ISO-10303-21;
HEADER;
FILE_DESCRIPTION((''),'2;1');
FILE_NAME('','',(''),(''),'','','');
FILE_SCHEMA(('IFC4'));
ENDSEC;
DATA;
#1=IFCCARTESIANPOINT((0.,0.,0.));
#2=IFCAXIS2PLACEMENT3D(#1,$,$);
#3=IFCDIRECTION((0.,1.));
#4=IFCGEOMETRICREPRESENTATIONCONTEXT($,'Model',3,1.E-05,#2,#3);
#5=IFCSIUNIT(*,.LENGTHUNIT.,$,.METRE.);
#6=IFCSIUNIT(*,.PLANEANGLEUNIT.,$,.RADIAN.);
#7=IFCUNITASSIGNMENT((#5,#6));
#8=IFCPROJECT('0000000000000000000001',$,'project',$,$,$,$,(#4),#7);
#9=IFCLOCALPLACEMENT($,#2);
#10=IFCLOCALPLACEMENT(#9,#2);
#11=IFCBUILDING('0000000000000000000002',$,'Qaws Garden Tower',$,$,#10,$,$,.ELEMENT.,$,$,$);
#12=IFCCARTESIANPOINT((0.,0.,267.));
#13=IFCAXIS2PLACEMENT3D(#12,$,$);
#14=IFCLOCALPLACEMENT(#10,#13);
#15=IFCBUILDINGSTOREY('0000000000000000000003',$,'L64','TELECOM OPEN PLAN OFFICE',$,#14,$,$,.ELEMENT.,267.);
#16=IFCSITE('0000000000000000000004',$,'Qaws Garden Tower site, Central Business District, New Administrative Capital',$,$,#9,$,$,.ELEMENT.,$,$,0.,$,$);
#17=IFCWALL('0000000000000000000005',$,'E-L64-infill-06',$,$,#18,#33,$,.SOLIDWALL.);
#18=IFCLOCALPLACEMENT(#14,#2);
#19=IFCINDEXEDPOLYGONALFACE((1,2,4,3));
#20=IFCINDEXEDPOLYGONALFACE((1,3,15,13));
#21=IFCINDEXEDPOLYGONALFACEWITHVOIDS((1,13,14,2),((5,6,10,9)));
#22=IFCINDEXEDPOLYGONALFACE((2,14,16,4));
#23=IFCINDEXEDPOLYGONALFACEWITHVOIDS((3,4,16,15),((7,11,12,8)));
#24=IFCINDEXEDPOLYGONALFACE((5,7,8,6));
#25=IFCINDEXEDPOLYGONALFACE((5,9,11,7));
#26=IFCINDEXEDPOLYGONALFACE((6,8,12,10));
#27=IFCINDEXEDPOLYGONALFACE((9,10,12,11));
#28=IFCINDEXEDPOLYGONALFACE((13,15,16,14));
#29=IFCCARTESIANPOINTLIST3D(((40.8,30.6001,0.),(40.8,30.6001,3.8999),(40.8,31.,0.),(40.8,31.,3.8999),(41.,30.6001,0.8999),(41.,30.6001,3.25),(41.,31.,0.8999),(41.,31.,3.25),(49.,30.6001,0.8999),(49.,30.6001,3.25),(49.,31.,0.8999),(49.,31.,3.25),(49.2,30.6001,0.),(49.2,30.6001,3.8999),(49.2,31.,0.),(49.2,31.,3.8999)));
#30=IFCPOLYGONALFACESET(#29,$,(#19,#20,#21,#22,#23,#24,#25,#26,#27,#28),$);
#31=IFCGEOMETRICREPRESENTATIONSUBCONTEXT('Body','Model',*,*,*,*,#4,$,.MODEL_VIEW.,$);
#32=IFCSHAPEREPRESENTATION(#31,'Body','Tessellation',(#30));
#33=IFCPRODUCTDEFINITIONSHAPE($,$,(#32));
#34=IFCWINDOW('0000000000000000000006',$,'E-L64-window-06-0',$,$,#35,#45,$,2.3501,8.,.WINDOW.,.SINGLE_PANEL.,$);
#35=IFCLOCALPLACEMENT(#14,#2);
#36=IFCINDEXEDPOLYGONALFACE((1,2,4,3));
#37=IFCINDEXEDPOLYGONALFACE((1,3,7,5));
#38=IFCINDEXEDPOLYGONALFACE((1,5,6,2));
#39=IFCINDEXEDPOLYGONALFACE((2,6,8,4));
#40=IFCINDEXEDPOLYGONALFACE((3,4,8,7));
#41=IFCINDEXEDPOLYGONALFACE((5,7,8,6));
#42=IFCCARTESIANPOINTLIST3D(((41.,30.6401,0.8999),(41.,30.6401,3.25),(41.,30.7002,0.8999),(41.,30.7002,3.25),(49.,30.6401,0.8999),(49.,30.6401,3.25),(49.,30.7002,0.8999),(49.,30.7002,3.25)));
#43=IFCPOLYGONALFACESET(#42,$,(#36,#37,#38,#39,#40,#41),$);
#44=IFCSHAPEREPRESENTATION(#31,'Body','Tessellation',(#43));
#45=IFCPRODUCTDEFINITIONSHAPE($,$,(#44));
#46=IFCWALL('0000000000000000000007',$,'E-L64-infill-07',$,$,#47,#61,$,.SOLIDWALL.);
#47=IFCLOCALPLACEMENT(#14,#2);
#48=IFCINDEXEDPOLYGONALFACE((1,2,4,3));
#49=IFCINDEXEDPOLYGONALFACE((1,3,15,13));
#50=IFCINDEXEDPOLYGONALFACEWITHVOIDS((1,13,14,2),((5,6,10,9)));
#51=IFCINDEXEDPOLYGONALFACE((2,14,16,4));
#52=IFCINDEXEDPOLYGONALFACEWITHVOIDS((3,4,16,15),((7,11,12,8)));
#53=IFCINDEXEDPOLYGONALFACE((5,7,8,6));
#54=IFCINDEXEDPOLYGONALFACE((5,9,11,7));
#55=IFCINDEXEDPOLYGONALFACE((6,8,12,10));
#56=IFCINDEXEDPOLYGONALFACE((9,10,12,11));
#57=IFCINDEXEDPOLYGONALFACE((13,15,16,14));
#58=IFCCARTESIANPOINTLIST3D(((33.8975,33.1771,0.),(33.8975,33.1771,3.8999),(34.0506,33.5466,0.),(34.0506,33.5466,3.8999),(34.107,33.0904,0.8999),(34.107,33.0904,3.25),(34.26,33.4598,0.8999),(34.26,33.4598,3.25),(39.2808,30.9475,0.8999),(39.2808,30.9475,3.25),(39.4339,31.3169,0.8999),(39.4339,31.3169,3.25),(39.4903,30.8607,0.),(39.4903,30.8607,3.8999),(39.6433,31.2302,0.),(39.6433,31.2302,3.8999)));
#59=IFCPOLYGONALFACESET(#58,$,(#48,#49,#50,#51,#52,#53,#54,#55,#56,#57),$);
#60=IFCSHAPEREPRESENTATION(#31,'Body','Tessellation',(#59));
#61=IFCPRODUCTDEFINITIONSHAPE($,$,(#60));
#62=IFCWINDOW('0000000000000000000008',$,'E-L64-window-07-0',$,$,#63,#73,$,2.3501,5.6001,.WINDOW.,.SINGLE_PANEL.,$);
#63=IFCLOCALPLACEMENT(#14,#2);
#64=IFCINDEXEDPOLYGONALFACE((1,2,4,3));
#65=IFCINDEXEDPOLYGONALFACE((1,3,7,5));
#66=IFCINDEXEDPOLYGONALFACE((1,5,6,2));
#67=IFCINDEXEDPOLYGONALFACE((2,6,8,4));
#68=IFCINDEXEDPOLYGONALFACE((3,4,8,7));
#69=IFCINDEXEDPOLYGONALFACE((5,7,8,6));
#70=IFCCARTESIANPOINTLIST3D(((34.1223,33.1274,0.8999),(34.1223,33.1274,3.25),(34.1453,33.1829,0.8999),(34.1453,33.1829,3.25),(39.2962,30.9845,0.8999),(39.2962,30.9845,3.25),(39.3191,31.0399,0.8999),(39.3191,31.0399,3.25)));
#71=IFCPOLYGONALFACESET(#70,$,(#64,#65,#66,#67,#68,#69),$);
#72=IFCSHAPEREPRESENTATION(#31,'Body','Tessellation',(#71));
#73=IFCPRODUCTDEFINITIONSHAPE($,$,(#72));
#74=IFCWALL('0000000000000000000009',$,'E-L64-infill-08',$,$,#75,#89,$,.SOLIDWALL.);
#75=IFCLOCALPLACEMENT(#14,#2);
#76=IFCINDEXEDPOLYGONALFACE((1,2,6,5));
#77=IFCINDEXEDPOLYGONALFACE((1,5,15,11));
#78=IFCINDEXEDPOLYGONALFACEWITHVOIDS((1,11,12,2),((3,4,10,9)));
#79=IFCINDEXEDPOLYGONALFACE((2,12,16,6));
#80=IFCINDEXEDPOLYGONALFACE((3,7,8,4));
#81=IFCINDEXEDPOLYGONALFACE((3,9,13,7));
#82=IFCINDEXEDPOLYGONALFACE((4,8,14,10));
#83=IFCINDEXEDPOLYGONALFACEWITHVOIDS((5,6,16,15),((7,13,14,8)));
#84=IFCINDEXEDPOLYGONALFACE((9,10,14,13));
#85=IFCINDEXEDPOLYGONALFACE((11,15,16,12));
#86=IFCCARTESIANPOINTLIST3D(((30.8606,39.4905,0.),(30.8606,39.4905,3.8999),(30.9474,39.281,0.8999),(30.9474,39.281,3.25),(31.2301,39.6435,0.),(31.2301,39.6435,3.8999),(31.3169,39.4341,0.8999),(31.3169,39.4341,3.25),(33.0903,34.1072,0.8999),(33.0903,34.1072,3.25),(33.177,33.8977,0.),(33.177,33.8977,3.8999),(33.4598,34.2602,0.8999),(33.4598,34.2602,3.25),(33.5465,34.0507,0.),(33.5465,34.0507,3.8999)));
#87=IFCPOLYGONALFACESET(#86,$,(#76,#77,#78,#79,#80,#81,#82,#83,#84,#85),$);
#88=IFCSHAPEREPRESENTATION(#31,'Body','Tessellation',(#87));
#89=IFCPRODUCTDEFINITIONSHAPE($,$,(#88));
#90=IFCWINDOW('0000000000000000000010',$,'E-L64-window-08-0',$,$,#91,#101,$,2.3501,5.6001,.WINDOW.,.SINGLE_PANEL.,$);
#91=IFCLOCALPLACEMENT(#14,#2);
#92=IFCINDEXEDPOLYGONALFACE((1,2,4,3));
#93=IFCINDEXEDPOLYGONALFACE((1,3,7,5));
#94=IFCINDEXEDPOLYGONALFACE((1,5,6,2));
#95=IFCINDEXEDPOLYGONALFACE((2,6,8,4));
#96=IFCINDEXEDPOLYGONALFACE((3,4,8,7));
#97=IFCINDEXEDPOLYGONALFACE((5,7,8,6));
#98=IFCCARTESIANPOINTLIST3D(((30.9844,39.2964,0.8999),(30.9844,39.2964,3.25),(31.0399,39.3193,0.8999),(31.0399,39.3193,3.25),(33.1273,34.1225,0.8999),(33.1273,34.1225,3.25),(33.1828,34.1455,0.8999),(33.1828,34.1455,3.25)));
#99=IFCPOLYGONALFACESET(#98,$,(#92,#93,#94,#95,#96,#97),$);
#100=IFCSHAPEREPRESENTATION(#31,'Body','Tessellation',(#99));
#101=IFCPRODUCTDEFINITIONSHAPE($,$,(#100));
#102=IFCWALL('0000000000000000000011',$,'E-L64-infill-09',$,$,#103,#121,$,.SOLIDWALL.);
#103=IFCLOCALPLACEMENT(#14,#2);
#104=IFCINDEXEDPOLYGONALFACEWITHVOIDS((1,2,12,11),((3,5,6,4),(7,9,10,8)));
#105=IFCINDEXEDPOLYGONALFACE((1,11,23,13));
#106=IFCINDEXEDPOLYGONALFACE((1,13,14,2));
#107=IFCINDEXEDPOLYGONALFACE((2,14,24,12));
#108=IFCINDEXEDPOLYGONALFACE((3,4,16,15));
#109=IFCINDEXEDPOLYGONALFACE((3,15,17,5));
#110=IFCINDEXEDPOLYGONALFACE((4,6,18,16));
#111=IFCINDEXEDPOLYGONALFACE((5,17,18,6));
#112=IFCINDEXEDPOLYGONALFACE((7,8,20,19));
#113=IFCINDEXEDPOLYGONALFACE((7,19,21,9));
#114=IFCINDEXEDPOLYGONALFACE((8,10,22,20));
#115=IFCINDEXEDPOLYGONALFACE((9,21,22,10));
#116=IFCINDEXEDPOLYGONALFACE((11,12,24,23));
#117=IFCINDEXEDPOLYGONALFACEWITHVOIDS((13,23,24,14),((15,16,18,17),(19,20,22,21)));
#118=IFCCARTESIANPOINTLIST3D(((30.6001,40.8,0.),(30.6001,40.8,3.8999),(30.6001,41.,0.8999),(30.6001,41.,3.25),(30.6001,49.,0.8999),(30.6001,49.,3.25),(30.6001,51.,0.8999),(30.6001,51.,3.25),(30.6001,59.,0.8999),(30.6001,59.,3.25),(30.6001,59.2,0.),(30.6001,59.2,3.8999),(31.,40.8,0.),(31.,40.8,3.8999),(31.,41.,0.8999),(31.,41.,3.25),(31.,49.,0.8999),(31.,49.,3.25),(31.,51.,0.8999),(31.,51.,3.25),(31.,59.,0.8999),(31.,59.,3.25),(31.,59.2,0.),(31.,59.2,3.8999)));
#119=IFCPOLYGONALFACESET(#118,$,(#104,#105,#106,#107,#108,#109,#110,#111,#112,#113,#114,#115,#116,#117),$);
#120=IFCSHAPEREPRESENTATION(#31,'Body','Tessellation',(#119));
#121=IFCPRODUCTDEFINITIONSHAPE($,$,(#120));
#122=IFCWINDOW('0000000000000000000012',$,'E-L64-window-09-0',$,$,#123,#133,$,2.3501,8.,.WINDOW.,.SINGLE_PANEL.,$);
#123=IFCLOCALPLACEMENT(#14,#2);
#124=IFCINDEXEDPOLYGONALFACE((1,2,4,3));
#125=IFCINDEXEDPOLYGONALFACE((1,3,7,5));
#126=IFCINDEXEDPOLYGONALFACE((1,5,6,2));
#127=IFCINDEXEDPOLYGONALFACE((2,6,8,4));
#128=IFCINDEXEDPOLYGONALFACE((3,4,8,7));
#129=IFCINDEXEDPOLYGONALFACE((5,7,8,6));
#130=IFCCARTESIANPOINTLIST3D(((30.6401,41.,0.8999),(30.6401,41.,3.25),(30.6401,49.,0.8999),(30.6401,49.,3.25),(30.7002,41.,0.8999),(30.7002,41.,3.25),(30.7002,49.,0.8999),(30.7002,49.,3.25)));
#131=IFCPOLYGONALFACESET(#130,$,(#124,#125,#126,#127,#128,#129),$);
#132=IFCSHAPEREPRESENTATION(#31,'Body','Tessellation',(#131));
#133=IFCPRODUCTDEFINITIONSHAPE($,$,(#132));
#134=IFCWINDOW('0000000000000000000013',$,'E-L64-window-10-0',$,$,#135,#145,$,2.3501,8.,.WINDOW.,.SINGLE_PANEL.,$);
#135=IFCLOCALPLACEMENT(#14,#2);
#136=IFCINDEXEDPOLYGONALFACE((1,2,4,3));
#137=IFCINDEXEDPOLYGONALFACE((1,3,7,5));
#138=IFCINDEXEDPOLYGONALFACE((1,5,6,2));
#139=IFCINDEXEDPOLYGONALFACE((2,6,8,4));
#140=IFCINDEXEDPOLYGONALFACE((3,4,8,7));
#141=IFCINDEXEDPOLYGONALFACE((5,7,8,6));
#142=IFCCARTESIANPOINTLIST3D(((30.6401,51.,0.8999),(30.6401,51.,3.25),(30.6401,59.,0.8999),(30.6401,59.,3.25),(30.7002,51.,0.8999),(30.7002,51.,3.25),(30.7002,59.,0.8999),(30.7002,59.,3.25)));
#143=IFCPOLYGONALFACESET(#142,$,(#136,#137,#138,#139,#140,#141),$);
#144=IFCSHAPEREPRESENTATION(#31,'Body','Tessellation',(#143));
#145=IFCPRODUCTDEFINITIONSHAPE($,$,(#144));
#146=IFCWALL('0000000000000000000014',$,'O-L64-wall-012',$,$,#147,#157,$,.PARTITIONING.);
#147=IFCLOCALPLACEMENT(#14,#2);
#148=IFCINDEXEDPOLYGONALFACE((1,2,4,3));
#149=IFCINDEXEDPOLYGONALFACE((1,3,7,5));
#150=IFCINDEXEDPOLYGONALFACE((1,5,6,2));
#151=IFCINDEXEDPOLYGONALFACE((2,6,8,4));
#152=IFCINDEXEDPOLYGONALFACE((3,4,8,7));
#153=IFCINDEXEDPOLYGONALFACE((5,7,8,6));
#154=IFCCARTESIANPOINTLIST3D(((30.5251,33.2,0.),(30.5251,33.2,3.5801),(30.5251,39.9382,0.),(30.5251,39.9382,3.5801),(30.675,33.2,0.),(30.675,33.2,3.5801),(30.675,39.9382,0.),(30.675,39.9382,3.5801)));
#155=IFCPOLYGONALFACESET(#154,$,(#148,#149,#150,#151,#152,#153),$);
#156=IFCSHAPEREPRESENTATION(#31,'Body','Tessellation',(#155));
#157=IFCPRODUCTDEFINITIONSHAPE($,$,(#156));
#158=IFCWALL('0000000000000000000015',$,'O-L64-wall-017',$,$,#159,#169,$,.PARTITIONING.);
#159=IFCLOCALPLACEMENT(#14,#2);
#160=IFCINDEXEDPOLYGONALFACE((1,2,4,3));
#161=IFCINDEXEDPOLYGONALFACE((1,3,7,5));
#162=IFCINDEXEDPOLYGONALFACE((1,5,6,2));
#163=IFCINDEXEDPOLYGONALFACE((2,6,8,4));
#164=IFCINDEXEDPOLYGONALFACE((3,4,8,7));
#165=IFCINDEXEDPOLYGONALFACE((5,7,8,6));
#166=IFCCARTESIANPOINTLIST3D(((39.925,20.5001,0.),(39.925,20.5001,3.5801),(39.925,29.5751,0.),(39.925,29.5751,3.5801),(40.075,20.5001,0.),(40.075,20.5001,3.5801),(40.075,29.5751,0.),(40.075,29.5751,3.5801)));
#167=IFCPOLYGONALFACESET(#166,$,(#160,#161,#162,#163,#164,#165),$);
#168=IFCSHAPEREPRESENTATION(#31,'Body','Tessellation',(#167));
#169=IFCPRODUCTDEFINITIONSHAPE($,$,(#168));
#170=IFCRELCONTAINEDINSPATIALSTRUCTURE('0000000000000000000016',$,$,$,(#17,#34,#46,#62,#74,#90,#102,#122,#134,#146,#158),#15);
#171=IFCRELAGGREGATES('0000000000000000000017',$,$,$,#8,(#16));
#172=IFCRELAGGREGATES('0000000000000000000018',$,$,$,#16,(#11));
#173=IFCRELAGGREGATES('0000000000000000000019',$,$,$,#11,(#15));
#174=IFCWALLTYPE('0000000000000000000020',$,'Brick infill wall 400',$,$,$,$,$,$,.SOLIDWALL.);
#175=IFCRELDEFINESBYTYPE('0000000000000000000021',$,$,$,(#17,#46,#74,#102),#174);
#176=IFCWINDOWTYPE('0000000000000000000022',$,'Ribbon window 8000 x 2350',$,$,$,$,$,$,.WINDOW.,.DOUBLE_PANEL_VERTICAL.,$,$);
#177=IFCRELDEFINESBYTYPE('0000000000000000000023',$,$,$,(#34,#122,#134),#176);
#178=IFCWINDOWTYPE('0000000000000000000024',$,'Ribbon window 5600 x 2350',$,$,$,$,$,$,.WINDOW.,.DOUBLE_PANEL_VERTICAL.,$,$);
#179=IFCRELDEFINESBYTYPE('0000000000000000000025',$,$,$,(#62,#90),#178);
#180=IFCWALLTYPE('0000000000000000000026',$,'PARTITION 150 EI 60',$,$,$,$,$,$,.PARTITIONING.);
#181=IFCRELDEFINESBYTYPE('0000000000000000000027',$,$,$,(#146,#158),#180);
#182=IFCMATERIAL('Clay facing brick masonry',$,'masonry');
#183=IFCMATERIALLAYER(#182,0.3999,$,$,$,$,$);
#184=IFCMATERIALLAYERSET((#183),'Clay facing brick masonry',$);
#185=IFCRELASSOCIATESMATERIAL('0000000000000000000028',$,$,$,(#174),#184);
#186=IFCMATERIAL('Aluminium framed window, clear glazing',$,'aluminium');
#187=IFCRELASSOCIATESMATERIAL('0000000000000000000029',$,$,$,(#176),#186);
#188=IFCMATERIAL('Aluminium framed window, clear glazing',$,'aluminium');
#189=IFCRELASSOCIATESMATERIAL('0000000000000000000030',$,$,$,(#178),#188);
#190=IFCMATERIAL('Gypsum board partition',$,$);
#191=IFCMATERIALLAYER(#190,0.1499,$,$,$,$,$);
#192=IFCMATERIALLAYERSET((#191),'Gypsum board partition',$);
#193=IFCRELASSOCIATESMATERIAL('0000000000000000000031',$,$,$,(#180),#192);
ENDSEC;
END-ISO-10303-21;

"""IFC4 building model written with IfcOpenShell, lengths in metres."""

from ifc_helpers import new_model, si_unit, direction, frame, frame_2d, origin, place, context, subcontext, project, spatial, rectangle, extrude, material, layer, layer_set, type_object, element, fill, save


model = new_model("IFC4")

# Units and contexts
model_context = context("Model", 3, precision=1e-05, world=origin(), true_north=direction((0.0, 1.0)))
body_context = subcontext(model_context, "Body", "Model", "MODEL_VIEW")
ifc_project = project(units=[si_unit("LENGTHUNIT", "METRE"), si_unit("PLANEANGLEUNIT", "RADIAN")], contexts=[model_context])

# Site, building, storey
site_placement = place(None, origin())
site = spatial("IfcSite", under=ifc_project, at=site_placement, Name="Qaws Garden Tower site, Central Business District, New Administrative Capital", CompositionType="ELEMENT", RefElevation=0.0)
building_placement = place(site_placement, origin())
building = spatial("IfcBuilding", under=site, at=building_placement, Name="Qaws Garden Tower", CompositionType="ELEMENT")
storey_placement = place(building_placement, frame((0.0, 0.0, 267.0)))
storey = spatial("IfcBuildingStorey", under=building, at=storey_placement, Name="L64", Description="TELECOM OPEN PLAN OFFICE", CompositionType="ELEMENT", Elevation=267.0)

# Walls, openings, windows
ifc_material_1 = material(Name="Clay facing brick masonry", Category="masonry")
ifc_layer_1 = layer(ifc_material_1, 0.3999)
ifc_layer_set_1 = layer_set([ifc_layer_1], Name="Clay facing brick masonry")
wall_type_1 = type_object("IfcWallType", Name="Brick infill wall 400", PredefinedType="SOLIDWALL", material=ifc_layer_set_1)
wall_1_placement = place(storey_placement, frame((49.2, 30.8, 0.0), z_axis=(0.0, 0.0, 1.0), x_axis=(-1.0, 0.0, 0.0)))
wall_1 = element("IfcWall", 1, at=wall_1_placement, inside=storey, type_object=wall_type_1, Name="E-L64-infill-06", PredefinedType="SOLIDWALL", context=body_context, shape_type="SweptSolid", body=[
    extrude(rectangle(XDim=8.3999, YDim=0.3999, at=frame_2d((4.2, 0.0))), origin(), (0.0, 0.0, 1.0), 3.8999),
])
opening_1_placement = place(wall_1_placement, frame((0.2, 0.0, 0.8999)))
opening_1 = element("IfcOpeningElement", 2, at=opening_1_placement, cuts=wall_1, PredefinedType="OPENING", context=body_context, shape_type="SweptSolid", body=[
    extrude(rectangle(XDim=8.0, YDim=2.3501, at=frame_2d((4.0, 1.175))), frame((0.0, 0.21, 0.0), z_axis=(0.0, -1.0, 0.0), x_axis=(1.0, 0.0, 0.0)), (0.0, 0.0, 1.0), 0.4199),
])
ifc_material_2 = material(Name="Aluminium framed window, clear glazing", Category="aluminium")
window_type_1 = type_object("IfcWindowType", Name="Ribbon window 8000 x 2350", PartitioningType="DOUBLE_PANEL_VERTICAL", PredefinedType="WINDOW", material=ifc_material_2)
window_1_placement = place(opening_1_placement, origin())
window_1 = element("IfcWindow", 3, at=window_1_placement, inside=storey, type_object=window_type_1, Name="E-L64-window-06-0", OverallHeight=2.3501, OverallWidth=8.0, PartitioningType="SINGLE_PANEL", PredefinedType="WINDOW", context=body_context, shape_type="SweptSolid", body=[
    extrude(rectangle(XDim=8.0, YDim=2.3501, at=frame_2d((4.0, 1.175))), frame((0.0, 0.1599, 0.0), z_axis=(0.0, -1.0, 0.0), x_axis=(1.0, 0.0, 0.0)), (0.0, 0.0, 1.0), 0.0601),
])
fill(opening_1, window_1)
wall_2_placement = place(storey_placement, frame((39.5669, 31.0454, 0.0), z_axis=(0.0, 0.0, 1.0), x_axis=(-0.923891, 0.382656, 0.0)))
wall_2 = element("IfcWall", 4, at=wall_2_placement, inside=storey, type_object=wall_type_1, Name="E-L64-infill-07", PredefinedType="SOLIDWALL", context=body_context, shape_type="SweptSolid", body=[
    extrude(rectangle(XDim=6.0535, YDim=0.3999, at=frame_2d((3.0269, 0.0))), origin(), (0.0, 0.0, 1.0), 3.8999),
])
opening_2_placement = place(wall_2_placement, frame((0.2268, 0.0, 0.8999)))
opening_2 = element("IfcOpeningElement", 5, at=opening_2_placement, cuts=wall_2, PredefinedType="OPENING", context=body_context, shape_type="SweptSolid", body=[
    extrude(rectangle(XDim=5.6001, YDim=2.3501, at=frame_2d((2.8, 1.175))), frame((0.0, 0.21, 0.0), z_axis=(0.0, -1.0, 0.0), x_axis=(1.0, 0.0, 0.0)), (0.0, 0.0, 1.0), 0.4199),
])
ifc_material_3 = material(Name="Aluminium framed window, clear glazing", Category="aluminium")
window_type_2 = type_object("IfcWindowType", Name="Ribbon window 5600 x 2350", PartitioningType="DOUBLE_PANEL_VERTICAL", PredefinedType="WINDOW", material=ifc_material_3)
window_2_placement = place(opening_2_placement, origin())
window_2 = element("IfcWindow", 6, at=window_2_placement, inside=storey, type_object=window_type_2, Name="E-L64-window-07-0", OverallHeight=2.3501, OverallWidth=5.6001, PartitioningType="SINGLE_PANEL", PredefinedType="WINDOW", context=body_context, shape_type="SweptSolid", body=[
    extrude(rectangle(XDim=5.6001, YDim=2.3501, at=frame_2d((2.8, 1.175))), frame((0.0, 0.1599, 0.0), z_axis=(0.0, -1.0, 0.0), x_axis=(1.0, 0.0, 0.0)), (0.0, 0.0, 1.0), 0.0601),
])
fill(opening_2, window_2)
wall_3_placement = place(storey_placement, frame((33.3618, 33.9741, 0.0), z_axis=(0.0, 0.0, 1.0), x_axis=(-0.382656, 0.923891, 0.0)))
wall_3 = element("IfcWall", 7, at=wall_3_placement, inside=storey, type_object=wall_type_1, Name="E-L64-infill-08", PredefinedType="SOLIDWALL", context=body_context, shape_type="SweptSolid", body=[
    extrude(rectangle(XDim=6.0535, YDim=0.3999, at=frame_2d((3.0269, 0.0))), origin(), (0.0, 0.0, 1.0), 3.8999),
])
opening_3_placement = place(wall_3_placement, frame((0.2268, 0.0, 0.8999)))
opening_3 = element("IfcOpeningElement", 8, at=opening_3_placement, cuts=wall_3, PredefinedType="OPENING", context=body_context, shape_type="SweptSolid", body=[
    extrude(rectangle(XDim=5.6001, YDim=2.3501, at=frame_2d((2.8, 1.175))), frame((0.0, 0.21, 0.0), z_axis=(0.0, -1.0, 0.0), x_axis=(1.0, 0.0, 0.0)), (0.0, 0.0, 1.0), 0.4199),
])
window_3_placement = place(opening_3_placement, origin())
window_3 = element("IfcWindow", 9, at=window_3_placement, inside=storey, type_object=window_type_2, Name="E-L64-window-08-0", OverallHeight=2.3501, OverallWidth=5.6001, PartitioningType="SINGLE_PANEL", PredefinedType="WINDOW", context=body_context, shape_type="SweptSolid", body=[
    extrude(rectangle(XDim=5.6001, YDim=2.3501, at=frame_2d((2.8, 1.175))), frame((0.0, 0.1599, 0.0), z_axis=(0.0, -1.0, 0.0), x_axis=(1.0, 0.0, 0.0)), (0.0, 0.0, 1.0), 0.0601),
])
fill(opening_3, window_3)

# Wall, openings, windows
wall_4_placement = place(storey_placement, frame((30.8, 40.8, 0.0), z_axis=(0.0, 0.0, 1.0), x_axis=(0.0, 1.0, 0.0)))
wall_4 = element("IfcWall", 10, at=wall_4_placement, inside=storey, type_object=wall_type_1, Name="E-L64-infill-09", PredefinedType="SOLIDWALL", context=body_context, shape_type="SweptSolid", body=[
    extrude(rectangle(XDim=18.3999, YDim=0.3999, at=frame_2d((9.2, 0.0))), origin(), (0.0, 0.0, 1.0), 3.8999),
])
opening_4_placement = place(wall_4_placement, frame((0.2, 0.0, 0.8999)))
opening_4 = element("IfcOpeningElement", 11, at=opening_4_placement, cuts=wall_4, PredefinedType="OPENING", context=body_context, shape_type="SweptSolid", body=[
    extrude(rectangle(XDim=8.0, YDim=2.3501, at=frame_2d((4.0, 1.175))), frame((0.0, 0.21, 0.0), z_axis=(0.0, -1.0, 0.0), x_axis=(1.0, 0.0, 0.0)), (0.0, 0.0, 1.0), 0.4199),
])
opening_5_placement = place(wall_4_placement, frame((10.2, 0.0, 0.8999)))
opening_5 = element("IfcOpeningElement", 12, at=opening_5_placement, cuts=wall_4, PredefinedType="OPENING", context=body_context, shape_type="SweptSolid", body=[
    extrude(rectangle(XDim=8.0, YDim=2.3501, at=frame_2d((4.0, 1.175))), frame((0.0, 0.21, 0.0), z_axis=(0.0, -1.0, 0.0), x_axis=(1.0, 0.0, 0.0)), (0.0, 0.0, 1.0), 0.4199),
])
window_4_placement = place(opening_4_placement, origin())
window_4 = element("IfcWindow", 13, at=window_4_placement, inside=storey, type_object=window_type_1, Name="E-L64-window-09-0", OverallHeight=2.3501, OverallWidth=8.0, PartitioningType="SINGLE_PANEL", PredefinedType="WINDOW", context=body_context, shape_type="SweptSolid", body=[
    extrude(rectangle(XDim=8.0, YDim=2.3501, at=frame_2d((4.0, 1.175))), frame((0.0, 0.1599, 0.0), z_axis=(0.0, -1.0, 0.0), x_axis=(1.0, 0.0, 0.0)), (0.0, 0.0, 1.0), 0.0601),
])
fill(opening_4, window_4)
window_5_placement = place(opening_5_placement, origin())
window_5 = element("IfcWindow", 14, at=window_5_placement, inside=storey, type_object=window_type_1, Name="E-L64-window-10-0", OverallHeight=2.3501, OverallWidth=8.0, PartitioningType="SINGLE_PANEL", PredefinedType="WINDOW", context=body_context, shape_type="SweptSolid", body=[
    extrude(rectangle(XDim=8.0, YDim=2.3501, at=frame_2d((4.0, 1.175))), frame((0.0, 0.1599, 0.0), z_axis=(0.0, -1.0, 0.0), x_axis=(1.0, 0.0, 0.0)), (0.0, 0.0, 1.0), 0.0601),
])
fill(opening_5, window_5)

# Walls
ifc_material_4 = material(Name="Gypsum board partition")
ifc_layer_2 = layer(ifc_material_4, 0.1499)
ifc_layer_set_2 = layer_set([ifc_layer_2], Name="Gypsum board partition")
wall_type_2 = type_object("IfcWallType", Name="PARTITION 150 EI 60", PredefinedType="PARTITIONING", material=ifc_layer_set_2)
wall_5_placement = place(storey_placement, frame((30.6001, 33.2, 0.0), z_axis=(0.0, 0.0, 1.0), x_axis=(0.0, 1.0, 0.0)))
element("IfcWall", 15, at=wall_5_placement, inside=storey, type_object=wall_type_2, Name="O-L64-wall-012", PredefinedType="PARTITIONING", context=body_context, shape_type="SweptSolid", body=[
    extrude(rectangle(XDim=6.7383, YDim=0.1499, at=frame_2d((3.3691, 0.0))), origin(), (0.0, 0.0, 1.0), 3.5801),
])
wall_6_placement = place(storey_placement, frame((40.0, 20.5, 0.0), z_axis=(0.0, 0.0, 1.0), x_axis=(0.0, 1.0, 0.0)))
element("IfcWall", 16, at=wall_6_placement, inside=storey, type_object=wall_type_2, Name="O-L64-wall-017", PredefinedType="PARTITIONING", context=body_context, shape_type="SweptSolid", body=[
    extrude(rectangle(XDim=9.075, YDim=0.1499, at=frame_2d((4.5376, 0.0))), origin(), (0.0, 0.0, 1.0), 3.5801),
])

save(model, "model.ifc")
